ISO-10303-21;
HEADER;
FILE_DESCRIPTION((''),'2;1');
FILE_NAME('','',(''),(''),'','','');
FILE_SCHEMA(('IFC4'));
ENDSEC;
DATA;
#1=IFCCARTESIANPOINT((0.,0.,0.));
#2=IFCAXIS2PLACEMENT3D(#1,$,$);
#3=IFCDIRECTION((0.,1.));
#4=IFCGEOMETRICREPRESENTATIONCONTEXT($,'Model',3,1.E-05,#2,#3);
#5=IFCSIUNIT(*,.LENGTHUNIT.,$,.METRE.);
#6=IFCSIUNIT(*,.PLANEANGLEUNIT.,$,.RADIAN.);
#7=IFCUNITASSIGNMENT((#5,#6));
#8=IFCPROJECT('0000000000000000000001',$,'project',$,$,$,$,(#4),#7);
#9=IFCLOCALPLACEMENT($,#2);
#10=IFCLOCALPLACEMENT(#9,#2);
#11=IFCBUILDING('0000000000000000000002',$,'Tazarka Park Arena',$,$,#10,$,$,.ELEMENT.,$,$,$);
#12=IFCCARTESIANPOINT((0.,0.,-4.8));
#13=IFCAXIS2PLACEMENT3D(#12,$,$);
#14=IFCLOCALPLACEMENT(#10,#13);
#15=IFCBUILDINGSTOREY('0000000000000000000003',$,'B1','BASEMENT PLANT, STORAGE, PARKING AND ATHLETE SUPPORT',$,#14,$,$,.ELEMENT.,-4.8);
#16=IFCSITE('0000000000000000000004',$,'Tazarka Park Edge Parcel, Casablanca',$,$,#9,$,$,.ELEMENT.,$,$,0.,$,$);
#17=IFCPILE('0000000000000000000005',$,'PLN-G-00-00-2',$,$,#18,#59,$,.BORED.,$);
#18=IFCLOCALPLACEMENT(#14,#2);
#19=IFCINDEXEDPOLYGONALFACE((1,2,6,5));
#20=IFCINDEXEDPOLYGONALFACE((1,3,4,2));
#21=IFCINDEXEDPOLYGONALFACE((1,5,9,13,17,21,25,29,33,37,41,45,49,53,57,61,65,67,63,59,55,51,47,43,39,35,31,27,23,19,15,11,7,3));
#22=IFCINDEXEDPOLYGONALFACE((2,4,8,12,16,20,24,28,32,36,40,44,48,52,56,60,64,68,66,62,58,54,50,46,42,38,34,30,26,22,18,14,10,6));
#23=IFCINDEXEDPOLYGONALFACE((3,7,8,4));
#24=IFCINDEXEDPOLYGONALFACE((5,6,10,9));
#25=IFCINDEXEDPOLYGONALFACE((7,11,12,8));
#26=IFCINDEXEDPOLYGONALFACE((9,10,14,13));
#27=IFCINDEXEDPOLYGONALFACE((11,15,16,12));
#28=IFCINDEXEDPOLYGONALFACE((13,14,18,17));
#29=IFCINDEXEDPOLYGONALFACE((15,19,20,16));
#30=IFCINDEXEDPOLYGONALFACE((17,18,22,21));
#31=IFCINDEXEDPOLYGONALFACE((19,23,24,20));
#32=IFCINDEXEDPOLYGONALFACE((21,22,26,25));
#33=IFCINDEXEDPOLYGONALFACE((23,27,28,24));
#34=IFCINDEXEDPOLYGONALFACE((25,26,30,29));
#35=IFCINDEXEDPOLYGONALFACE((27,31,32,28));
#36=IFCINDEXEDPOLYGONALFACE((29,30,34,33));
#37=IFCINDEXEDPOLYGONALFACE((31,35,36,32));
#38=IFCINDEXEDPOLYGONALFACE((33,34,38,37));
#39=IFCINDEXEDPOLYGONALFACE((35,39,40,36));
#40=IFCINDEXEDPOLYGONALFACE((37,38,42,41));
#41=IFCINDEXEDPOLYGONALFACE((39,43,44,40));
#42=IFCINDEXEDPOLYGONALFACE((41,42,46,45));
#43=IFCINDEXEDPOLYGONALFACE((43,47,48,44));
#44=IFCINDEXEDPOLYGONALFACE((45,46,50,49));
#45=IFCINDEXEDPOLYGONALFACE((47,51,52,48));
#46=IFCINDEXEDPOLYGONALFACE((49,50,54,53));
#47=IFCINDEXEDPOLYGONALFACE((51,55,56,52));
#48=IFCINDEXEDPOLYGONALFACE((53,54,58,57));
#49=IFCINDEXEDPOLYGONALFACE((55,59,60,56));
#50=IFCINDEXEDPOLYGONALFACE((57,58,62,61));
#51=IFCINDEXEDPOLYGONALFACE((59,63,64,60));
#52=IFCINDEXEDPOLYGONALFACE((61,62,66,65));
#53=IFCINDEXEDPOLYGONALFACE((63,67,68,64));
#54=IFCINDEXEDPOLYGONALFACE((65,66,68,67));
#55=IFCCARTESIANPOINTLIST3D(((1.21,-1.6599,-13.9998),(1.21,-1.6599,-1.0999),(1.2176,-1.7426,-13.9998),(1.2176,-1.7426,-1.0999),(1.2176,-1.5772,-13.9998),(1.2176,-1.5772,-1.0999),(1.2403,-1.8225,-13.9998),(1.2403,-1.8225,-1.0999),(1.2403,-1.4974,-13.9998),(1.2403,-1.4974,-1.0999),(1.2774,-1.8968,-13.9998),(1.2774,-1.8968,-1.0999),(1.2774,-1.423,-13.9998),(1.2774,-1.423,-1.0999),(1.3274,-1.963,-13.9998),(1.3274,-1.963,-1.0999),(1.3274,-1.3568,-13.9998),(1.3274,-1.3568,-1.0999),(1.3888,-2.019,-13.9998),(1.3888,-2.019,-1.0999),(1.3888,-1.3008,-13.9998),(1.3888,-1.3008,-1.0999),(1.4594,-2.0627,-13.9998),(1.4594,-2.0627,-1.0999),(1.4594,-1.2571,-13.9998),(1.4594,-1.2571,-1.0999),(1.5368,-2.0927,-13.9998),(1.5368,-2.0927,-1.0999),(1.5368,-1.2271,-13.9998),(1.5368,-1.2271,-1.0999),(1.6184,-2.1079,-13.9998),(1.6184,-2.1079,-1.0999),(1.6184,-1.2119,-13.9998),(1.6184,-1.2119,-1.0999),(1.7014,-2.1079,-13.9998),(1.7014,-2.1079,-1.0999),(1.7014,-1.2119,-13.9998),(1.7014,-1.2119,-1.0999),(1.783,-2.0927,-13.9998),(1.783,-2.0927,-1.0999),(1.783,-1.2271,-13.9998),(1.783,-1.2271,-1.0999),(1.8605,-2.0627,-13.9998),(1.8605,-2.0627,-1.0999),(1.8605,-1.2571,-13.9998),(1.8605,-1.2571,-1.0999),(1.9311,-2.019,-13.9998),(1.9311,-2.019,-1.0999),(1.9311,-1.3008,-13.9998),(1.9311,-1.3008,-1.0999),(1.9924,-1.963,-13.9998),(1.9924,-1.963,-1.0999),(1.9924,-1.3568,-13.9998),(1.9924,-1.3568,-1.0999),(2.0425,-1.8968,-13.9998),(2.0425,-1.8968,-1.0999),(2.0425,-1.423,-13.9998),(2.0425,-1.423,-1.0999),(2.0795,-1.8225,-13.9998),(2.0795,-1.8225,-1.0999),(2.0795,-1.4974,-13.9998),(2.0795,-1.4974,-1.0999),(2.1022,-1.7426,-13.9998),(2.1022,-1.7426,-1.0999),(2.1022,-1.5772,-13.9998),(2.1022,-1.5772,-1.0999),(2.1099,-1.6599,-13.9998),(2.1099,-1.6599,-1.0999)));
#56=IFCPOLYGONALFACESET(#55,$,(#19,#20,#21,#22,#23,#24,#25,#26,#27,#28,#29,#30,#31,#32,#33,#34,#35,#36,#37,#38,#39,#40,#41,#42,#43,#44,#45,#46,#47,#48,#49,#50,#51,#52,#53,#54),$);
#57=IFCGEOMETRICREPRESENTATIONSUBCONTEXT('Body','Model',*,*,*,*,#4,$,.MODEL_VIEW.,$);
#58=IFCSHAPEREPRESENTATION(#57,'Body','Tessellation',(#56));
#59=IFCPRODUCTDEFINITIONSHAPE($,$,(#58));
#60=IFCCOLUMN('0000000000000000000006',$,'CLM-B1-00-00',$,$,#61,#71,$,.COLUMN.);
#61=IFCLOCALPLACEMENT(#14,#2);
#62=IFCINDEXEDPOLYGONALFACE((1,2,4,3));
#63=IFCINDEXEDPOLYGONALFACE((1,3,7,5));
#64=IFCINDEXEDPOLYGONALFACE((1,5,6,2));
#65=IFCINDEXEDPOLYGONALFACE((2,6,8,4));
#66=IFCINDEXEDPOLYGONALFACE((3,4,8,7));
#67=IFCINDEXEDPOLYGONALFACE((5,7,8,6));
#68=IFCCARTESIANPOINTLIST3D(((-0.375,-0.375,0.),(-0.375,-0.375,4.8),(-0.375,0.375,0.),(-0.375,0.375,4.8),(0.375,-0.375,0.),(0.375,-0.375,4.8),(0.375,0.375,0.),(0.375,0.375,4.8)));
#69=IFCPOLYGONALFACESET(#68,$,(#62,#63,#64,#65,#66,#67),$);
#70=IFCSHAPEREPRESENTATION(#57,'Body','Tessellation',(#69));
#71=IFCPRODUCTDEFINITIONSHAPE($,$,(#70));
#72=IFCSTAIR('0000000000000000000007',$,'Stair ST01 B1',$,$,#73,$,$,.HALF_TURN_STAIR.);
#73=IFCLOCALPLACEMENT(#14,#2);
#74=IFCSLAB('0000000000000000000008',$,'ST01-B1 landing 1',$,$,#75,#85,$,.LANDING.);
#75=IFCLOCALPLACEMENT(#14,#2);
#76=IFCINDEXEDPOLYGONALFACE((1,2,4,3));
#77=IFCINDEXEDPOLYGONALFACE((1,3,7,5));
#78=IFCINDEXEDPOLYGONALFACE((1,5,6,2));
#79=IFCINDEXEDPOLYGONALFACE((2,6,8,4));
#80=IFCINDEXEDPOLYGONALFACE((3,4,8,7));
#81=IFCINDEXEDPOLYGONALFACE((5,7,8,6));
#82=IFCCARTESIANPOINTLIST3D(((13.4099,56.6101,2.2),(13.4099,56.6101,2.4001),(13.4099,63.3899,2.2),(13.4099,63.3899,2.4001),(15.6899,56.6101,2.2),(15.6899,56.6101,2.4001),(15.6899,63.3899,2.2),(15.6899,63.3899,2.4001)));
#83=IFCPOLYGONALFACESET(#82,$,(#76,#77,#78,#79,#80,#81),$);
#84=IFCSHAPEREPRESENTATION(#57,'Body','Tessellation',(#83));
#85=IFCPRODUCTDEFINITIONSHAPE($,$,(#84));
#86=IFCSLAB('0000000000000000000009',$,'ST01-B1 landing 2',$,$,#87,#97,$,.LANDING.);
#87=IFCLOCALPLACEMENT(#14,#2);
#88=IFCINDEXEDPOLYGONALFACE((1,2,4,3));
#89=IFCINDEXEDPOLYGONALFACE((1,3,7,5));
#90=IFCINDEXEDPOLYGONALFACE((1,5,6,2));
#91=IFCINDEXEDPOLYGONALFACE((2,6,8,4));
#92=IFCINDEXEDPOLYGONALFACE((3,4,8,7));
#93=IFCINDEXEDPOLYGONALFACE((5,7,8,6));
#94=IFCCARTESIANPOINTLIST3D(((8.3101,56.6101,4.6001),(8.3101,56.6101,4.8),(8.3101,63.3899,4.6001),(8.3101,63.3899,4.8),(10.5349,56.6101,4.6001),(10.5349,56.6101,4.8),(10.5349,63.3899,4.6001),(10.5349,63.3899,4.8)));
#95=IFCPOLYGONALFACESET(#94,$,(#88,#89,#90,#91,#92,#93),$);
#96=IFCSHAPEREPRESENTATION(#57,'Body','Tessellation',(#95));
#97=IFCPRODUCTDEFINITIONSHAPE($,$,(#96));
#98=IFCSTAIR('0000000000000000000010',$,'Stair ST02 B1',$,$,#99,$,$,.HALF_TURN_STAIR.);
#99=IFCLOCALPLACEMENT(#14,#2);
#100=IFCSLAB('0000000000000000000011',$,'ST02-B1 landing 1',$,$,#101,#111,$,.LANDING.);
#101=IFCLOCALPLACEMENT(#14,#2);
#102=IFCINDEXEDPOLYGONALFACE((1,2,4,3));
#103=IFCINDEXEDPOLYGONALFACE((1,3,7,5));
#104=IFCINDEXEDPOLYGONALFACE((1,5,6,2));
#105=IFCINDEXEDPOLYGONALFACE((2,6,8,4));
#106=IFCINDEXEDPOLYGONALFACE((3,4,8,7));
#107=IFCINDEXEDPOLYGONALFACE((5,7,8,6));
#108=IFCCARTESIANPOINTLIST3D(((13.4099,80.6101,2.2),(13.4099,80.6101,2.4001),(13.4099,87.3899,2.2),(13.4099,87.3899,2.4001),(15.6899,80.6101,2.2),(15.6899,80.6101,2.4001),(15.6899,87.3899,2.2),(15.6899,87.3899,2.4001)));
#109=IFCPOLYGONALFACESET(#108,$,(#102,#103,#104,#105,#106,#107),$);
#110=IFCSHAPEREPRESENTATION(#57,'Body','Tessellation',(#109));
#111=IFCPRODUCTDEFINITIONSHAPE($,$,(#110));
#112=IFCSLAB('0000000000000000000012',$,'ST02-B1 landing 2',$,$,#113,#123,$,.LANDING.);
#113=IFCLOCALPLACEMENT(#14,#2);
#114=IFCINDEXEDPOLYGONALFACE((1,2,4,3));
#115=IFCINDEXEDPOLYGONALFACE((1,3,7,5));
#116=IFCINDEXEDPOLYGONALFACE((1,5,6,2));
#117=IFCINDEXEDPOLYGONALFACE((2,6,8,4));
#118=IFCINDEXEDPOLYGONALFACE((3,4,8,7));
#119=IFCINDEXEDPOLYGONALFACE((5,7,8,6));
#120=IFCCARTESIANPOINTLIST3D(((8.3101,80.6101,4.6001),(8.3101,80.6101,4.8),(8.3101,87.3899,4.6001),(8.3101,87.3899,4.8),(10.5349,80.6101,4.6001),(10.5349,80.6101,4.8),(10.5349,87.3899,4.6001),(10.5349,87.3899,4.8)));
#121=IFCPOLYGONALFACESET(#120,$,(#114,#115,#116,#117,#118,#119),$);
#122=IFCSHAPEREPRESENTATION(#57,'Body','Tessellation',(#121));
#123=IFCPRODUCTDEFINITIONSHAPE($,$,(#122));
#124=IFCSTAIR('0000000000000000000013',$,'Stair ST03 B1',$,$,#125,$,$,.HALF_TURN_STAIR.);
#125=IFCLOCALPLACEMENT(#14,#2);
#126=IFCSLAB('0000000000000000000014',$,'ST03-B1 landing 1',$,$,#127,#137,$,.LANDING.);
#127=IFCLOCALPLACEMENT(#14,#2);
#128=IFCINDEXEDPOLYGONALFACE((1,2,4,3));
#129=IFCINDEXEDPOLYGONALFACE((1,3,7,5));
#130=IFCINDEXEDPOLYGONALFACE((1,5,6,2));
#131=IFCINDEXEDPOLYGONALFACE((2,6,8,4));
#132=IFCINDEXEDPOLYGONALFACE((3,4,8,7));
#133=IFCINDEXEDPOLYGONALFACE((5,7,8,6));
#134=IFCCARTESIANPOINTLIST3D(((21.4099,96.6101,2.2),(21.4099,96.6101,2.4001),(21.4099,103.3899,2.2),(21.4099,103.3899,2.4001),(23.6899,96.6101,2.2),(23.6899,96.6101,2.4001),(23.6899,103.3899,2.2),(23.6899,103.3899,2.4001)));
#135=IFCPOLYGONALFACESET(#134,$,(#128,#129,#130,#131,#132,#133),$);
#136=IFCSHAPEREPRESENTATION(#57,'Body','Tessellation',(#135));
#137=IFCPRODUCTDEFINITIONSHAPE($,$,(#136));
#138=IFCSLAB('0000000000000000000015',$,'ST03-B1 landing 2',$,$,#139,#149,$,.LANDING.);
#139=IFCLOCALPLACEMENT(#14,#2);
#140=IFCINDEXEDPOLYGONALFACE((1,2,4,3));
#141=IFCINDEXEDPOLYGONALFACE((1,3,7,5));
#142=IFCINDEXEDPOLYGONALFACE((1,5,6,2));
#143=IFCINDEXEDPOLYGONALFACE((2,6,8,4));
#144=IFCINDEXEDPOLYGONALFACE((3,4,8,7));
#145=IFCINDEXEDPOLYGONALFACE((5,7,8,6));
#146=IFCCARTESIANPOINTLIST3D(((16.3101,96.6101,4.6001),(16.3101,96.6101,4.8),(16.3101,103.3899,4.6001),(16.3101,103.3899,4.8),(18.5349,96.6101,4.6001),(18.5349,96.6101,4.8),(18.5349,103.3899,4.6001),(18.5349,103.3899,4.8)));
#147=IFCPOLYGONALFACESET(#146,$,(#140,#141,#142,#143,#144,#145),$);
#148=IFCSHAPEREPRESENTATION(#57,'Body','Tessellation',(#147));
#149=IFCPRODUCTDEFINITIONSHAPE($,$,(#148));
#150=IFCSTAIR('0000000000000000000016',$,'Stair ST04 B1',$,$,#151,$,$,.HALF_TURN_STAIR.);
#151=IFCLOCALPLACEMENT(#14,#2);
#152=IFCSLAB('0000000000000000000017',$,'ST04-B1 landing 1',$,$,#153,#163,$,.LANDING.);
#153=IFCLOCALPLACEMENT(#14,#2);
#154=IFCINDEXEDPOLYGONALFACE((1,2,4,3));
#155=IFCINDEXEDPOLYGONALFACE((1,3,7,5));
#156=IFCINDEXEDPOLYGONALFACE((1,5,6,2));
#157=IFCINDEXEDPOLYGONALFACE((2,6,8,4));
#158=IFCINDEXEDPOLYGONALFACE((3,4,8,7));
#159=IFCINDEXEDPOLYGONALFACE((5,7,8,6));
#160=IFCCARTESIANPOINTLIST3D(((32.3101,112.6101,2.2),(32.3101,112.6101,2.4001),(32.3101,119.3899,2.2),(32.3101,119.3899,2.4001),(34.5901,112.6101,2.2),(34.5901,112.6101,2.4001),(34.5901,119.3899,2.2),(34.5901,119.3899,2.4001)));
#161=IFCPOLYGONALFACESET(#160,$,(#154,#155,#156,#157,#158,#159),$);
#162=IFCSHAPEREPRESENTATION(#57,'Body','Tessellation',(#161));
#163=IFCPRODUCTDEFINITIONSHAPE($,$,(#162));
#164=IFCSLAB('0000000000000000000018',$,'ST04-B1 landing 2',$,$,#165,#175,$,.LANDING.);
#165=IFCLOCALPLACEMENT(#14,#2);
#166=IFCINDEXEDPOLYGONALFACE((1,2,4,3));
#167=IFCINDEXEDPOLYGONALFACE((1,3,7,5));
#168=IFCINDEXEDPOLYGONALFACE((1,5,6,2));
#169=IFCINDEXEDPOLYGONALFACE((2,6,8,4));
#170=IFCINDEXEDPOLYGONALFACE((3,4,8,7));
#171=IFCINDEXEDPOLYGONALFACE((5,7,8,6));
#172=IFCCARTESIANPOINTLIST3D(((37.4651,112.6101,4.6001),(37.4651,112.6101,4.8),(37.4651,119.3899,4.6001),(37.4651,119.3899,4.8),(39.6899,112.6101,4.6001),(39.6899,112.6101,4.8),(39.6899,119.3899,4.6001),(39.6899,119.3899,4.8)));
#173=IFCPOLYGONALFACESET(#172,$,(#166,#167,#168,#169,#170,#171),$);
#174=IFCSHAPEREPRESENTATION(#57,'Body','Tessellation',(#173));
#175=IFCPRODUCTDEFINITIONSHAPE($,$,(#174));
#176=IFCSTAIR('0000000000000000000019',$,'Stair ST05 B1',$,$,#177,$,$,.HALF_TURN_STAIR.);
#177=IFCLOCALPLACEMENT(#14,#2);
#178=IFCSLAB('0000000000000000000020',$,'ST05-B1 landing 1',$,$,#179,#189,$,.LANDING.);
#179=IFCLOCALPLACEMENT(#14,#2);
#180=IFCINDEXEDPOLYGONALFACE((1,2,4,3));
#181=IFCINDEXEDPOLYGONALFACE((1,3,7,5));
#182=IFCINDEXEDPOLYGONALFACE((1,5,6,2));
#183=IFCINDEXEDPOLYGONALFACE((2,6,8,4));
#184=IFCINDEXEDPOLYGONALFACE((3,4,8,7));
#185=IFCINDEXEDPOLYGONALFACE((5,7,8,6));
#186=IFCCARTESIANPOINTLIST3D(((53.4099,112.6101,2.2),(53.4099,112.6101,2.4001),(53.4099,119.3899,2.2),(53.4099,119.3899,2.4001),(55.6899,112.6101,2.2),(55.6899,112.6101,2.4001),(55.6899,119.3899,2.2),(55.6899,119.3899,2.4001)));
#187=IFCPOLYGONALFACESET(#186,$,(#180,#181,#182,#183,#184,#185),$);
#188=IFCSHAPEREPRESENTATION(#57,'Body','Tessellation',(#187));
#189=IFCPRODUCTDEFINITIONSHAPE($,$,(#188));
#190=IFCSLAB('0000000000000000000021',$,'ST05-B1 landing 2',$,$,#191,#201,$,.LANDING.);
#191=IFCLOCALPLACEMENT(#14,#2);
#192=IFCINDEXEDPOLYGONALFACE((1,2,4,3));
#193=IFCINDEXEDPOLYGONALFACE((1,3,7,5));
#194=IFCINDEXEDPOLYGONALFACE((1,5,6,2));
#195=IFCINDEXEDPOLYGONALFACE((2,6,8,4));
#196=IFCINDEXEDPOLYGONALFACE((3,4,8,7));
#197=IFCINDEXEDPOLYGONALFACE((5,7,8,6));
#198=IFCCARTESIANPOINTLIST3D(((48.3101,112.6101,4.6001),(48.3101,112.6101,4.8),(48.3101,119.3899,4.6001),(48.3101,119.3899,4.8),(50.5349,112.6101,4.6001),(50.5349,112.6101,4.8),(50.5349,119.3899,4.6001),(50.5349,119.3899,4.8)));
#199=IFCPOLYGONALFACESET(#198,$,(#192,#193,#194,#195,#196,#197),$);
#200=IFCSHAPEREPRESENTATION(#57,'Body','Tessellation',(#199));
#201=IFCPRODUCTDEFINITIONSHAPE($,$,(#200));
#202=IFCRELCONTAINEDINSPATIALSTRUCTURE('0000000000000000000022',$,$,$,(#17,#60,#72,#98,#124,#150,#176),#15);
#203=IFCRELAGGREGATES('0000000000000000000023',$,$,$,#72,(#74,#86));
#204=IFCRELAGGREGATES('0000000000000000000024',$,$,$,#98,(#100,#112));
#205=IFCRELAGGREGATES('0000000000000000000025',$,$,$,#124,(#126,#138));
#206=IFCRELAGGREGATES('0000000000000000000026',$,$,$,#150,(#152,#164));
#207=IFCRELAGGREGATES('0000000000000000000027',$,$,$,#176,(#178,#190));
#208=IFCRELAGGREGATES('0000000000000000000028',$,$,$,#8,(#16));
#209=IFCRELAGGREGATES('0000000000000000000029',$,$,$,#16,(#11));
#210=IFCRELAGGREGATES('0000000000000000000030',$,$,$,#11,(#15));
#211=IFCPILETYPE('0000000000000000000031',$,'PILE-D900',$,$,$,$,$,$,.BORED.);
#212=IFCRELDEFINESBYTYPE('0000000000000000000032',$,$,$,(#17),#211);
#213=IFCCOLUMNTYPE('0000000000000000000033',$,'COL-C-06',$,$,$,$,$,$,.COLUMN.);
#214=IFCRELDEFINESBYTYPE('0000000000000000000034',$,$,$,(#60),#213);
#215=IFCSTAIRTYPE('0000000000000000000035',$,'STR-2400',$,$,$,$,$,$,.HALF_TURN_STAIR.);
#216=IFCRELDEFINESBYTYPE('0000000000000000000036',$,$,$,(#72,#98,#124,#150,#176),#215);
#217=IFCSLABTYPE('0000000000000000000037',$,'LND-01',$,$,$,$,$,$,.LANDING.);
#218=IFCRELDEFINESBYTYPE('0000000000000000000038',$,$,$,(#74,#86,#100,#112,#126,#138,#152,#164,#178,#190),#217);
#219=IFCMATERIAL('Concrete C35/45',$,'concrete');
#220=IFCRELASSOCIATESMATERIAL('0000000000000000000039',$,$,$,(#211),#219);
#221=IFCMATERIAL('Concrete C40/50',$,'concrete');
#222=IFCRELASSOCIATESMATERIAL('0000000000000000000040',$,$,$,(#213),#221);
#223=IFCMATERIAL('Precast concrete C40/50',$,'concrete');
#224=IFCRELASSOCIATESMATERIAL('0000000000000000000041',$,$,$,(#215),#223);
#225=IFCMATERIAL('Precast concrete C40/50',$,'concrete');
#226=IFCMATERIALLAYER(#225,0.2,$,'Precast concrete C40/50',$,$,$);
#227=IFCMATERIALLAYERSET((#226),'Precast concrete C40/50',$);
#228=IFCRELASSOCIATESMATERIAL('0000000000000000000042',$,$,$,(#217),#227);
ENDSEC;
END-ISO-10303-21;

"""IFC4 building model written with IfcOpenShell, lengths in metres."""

from ifc_helpers import new_model, si_unit, direction, frame, origin, origin_with_axes, origin_2d, place, context, subcontext, project, spatial, polyline, rectangle, circle, outline, extrude, material, layer, layer_set, material_profile, profile_set, type_object, element, aggregate, save


model = new_model("IFC4")

# Units and contexts
model_context = context("Model", 3, precision=1e-05, world=origin(), true_north=direction((0.0, 1.0)))
body_context = subcontext(model_context, "Body", "Model", "MODEL_VIEW")
ifc_project = project(units=[si_unit("LENGTHUNIT", "METRE"), si_unit("PLANEANGLEUNIT", "RADIAN")], contexts=[model_context])

# Site, building, storey
site_placement = place(None, origin())
site = spatial("IfcSite", under=ifc_project, at=site_placement, Name="Tazarka Park Edge Parcel, Casablanca", CompositionType="ELEMENT", RefElevation=0.0)
building_placement = place(site_placement, origin())
building = spatial("IfcBuilding", under=site, at=building_placement, Name="Tazarka Park Arena", CompositionType="ELEMENT")
storey_placement = place(building_placement, frame((0.0, 0.0, -4.8)))
storey = spatial("IfcBuildingStorey", under=building, at=storey_placement, Name="B1", Description="BASEMENT PLANT, STORAGE, PARKING AND ATHLETE SUPPORT", CompositionType="ELEMENT", Elevation=-4.8)

# Pile
ifc_material_1 = material(Name="Concrete C35/45", Category="concrete")
ifc_material_profile_1 = material_profile(ifc_material_1, circle(Radius=0.45, at=origin_2d()), Name="Concrete C35/45")
ifc_profile_set_1 = profile_set([ifc_material_profile_1], Name="Concrete C35/45")
pile_type_1 = type_object("IfcPileType", Name="PILE-D900", PredefinedType="BORED", material=ifc_profile_set_1)
for number, where, z_axis, x_axis, name in (
    (1, (1.6599, -1.6599, -1.0999), (0.0, 0.0, -1.0), (1.0, 0.0, 0.0), "PLN-G-00-00-2"),
):
    element("IfcPile", number, at=place(storey_placement, frame(where, z_axis=z_axis, x_axis=x_axis)), inside=storey, type_object=pile_type_1, Name=name, PredefinedType="BORED", context=body_context, shape_type="SweptSolid", body=[
        extrude(circle(Radius=0.45, at=origin_2d()), origin(), (0.0, 0.0, 1.0), 12.8999),
    ])

# Column
ifc_material_2 = material(Name="Concrete C40/50", Category="concrete")
ifc_material_profile_2 = material_profile(ifc_material_2, rectangle(XDim=0.75, YDim=0.75, at=origin_2d()), Name="Concrete C40/50")
ifc_profile_set_2 = profile_set([ifc_material_profile_2], Name="Concrete C40/50")
column_type = type_object("IfcColumnType", Name="COL-C-06", PredefinedType="COLUMN", material=ifc_profile_set_2)
column_placement = place(storey_placement, origin_with_axes())
element("IfcColumn", 2, at=column_placement, inside=storey, type_object=column_type, Name="CLM-B1-00-00", PredefinedType="COLUMN", context=body_context, shape_type="SweptSolid", body=[
    extrude(rectangle(XDim=0.75, YDim=0.75, at=origin_2d()), origin(), (0.0, 0.0, 1.0), 4.8),
])

# Stairs, slabs
ifc_material_3 = material(Name="Precast concrete C40/50", Category="concrete")
stair_type = type_object("IfcStairType", Name="STR-2400", PredefinedType="HALF_TURN_STAIR", material=ifc_material_3)
stair_1_placement = place(storey_placement, origin())
stair_1 = element("IfcStair", 3, at=stair_1_placement, inside=storey, type_object=stair_type, Name="Stair ST01 B1", PredefinedType="HALF_TURN_STAIR")
ifc_material_4 = material(Name="Precast concrete C40/50", Category="concrete")
ifc_layer_1 = layer(ifc_material_4, 0.2, Name="Precast concrete C40/50")
ifc_layer_set_1 = layer_set([ifc_layer_1], Name="Precast concrete C40/50")
slab_type_1 = type_object("IfcSlabType", Name="LND-01", PredefinedType="LANDING", material=ifc_layer_set_1)
slab_1_placement = place(storey_placement, frame((0.0, 0.0, 2.2)))
slab_1 = element("IfcSlab", 4, at=slab_1_placement, type_object=slab_type_1, Name="ST01-B1 landing 1", PredefinedType="LANDING", context=body_context, shape_type="SweptSolid", body=[
    extrude(outline(polyline([(13.4099, 56.6101), (15.6899, 56.6101), (15.6899, 63.3899), (13.4099, 63.3899), (13.4099, 56.6101)])), origin(), (0.0, 0.0, 1.0), 0.2002),
])
slab_2_placement = place(storey_placement, frame((0.0, 0.0, 4.6001)))
slab_2 = element("IfcSlab", 5, at=slab_2_placement, type_object=slab_type_1, Name="ST01-B1 landing 2", PredefinedType="LANDING", context=body_context, shape_type="SweptSolid", body=[
    extrude(outline(polyline([(8.3101, 56.6101), (10.5349, 56.6101), (10.5349, 63.3899), (8.3101, 63.3899), (8.3101, 56.6101)])), origin(), (0.0, 0.0, 1.0), 0.2),
])
aggregate(stair_1, [slab_1, slab_2])
stair_2_placement = place(storey_placement, origin())
stair_2 = element("IfcStair", 6, at=stair_2_placement, inside=storey, type_object=stair_type, Name="Stair ST02 B1", PredefinedType="HALF_TURN_STAIR")
slab_3_placement = place(storey_placement, frame((0.0, 0.0, 2.2)))
slab_3 = element("IfcSlab", 7, at=slab_3_placement, type_object=slab_type_1, Name="ST02-B1 landing 1", PredefinedType="LANDING", context=body_context, shape_type="SweptSolid", body=[
    extrude(outline(polyline([(13.4099, 80.6101), (15.6899, 80.6101), (15.6899, 87.3899), (13.4099, 87.3899), (13.4099, 80.6101)])), origin(), (0.0, 0.0, 1.0), 0.2002),
])
slab_4_placement = place(storey_placement, frame((0.0, 0.0, 4.6001)))
slab_4 = element("IfcSlab", 8, at=slab_4_placement, type_object=slab_type_1, Name="ST02-B1 landing 2", PredefinedType="LANDING", context=body_context, shape_type="SweptSolid", body=[
    extrude(outline(polyline([(8.3101, 80.6101), (10.5349, 80.6101), (10.5349, 87.3899), (8.3101, 87.3899), (8.3101, 80.6101)])), origin(), (0.0, 0.0, 1.0), 0.2),
])
aggregate(stair_2, [slab_3, slab_4])
stair_3_placement = place(storey_placement, origin())
stair_3 = element("IfcStair", 9, at=stair_3_placement, inside=storey, type_object=stair_type, Name="Stair ST03 B1", PredefinedType="HALF_TURN_STAIR")
slab_5_placement = place(storey_placement, frame((0.0, 0.0, 2.2)))
slab_5 = element("IfcSlab", 10, at=slab_5_placement, type_object=slab_type_1, Name="ST03-B1 landing 1", PredefinedType="LANDING", context=body_context, shape_type="SweptSolid", body=[
    extrude(outline(polyline([(21.4099, 96.6101), (23.6899, 96.6101), (23.6899, 103.3899), (21.4099, 103.3899), (21.4099, 96.6101)])), origin(), (0.0, 0.0, 1.0), 0.2002),
])
slab_6_placement = place(storey_placement, frame((0.0, 0.0, 4.6001)))
slab_6 = element("IfcSlab", 11, at=slab_6_placement, type_object=slab_type_1, Name="ST03-B1 landing 2", PredefinedType="LANDING", context=body_context, shape_type="SweptSolid", body=[
    extrude(outline(polyline([(16.3101, 96.6101), (18.5349, 96.6101), (18.5349, 103.3899), (16.3101, 103.3899), (16.3101, 96.6101)])), origin(), (0.0, 0.0, 1.0), 0.2),
])
aggregate(stair_3, [slab_5, slab_6])
stair_4_placement = place(storey_placement, origin())
stair_4 = element("IfcStair", 12, at=stair_4_placement, inside=storey, type_object=stair_type, Name="Stair ST04 B1", PredefinedType="HALF_TURN_STAIR")
slab_7_placement = place(storey_placement, frame((0.0, 0.0, 2.2)))
slab_7 = element("IfcSlab", 13, at=slab_7_placement, type_object=slab_type_1, Name="ST04-B1 landing 1", PredefinedType="LANDING", context=body_context, shape_type="SweptSolid", body=[
    extrude(outline(polyline([(32.3101, 112.6101), (34.5901, 112.6101), (34.5901, 119.3899), (32.3101, 119.3899), (32.3101, 112.6101)])), origin(), (0.0, 0.0, 1.0), 0.2002),
])
slab_8_placement = place(storey_placement, frame((0.0, 0.0, 4.6001)))
slab_8 = element("IfcSlab", 14, at=slab_8_placement, type_object=slab_type_1, Name="ST04-B1 landing 2", PredefinedType="LANDING", context=body_context, shape_type="SweptSolid", body=[
    extrude(outline(polyline([(37.4651, 112.6101), (39.6899, 112.6101), (39.6899, 119.3899), (37.4651, 119.3899), (37.4651, 112.6101)])), origin(), (0.0, 0.0, 1.0), 0.2),
])
aggregate(stair_4, [slab_7, slab_8])
stair_5_placement = place(storey_placement, origin())
stair_5 = element("IfcStair", 15, at=stair_5_placement, inside=storey, type_object=stair_type, Name="Stair ST05 B1", PredefinedType="HALF_TURN_STAIR")
slab_9_placement = place(storey_placement, frame((0.0, 0.0, 2.2)))
slab_9 = element("IfcSlab", 16, at=slab_9_placement, type_object=slab_type_1, Name="ST05-B1 landing 1", PredefinedType="LANDING", context=body_context, shape_type="SweptSolid", body=[
    extrude(outline(polyline([(53.4099, 112.6101), (55.6899, 112.6101), (55.6899, 119.3899), (53.4099, 119.3899), (53.4099, 112.6101)])), origin(), (0.0, 0.0, 1.0), 0.2002),
])
slab_10_placement = place(storey_placement, frame((0.0, 0.0, 4.6001)))
slab_10 = element("IfcSlab", 17, at=slab_10_placement, type_object=slab_type_1, Name="ST05-B1 landing 2", PredefinedType="LANDING", context=body_context, shape_type="SweptSolid", body=[
    extrude(outline(polyline([(48.3101, 112.6101), (50.5349, 112.6101), (50.5349, 119.3899), (48.3101, 119.3899), (48.3101, 112.6101)])), origin(), (0.0, 0.0, 1.0), 0.2),
])
aggregate(stair_5, [slab_9, slab_10])

save(model, "model.ifc")
